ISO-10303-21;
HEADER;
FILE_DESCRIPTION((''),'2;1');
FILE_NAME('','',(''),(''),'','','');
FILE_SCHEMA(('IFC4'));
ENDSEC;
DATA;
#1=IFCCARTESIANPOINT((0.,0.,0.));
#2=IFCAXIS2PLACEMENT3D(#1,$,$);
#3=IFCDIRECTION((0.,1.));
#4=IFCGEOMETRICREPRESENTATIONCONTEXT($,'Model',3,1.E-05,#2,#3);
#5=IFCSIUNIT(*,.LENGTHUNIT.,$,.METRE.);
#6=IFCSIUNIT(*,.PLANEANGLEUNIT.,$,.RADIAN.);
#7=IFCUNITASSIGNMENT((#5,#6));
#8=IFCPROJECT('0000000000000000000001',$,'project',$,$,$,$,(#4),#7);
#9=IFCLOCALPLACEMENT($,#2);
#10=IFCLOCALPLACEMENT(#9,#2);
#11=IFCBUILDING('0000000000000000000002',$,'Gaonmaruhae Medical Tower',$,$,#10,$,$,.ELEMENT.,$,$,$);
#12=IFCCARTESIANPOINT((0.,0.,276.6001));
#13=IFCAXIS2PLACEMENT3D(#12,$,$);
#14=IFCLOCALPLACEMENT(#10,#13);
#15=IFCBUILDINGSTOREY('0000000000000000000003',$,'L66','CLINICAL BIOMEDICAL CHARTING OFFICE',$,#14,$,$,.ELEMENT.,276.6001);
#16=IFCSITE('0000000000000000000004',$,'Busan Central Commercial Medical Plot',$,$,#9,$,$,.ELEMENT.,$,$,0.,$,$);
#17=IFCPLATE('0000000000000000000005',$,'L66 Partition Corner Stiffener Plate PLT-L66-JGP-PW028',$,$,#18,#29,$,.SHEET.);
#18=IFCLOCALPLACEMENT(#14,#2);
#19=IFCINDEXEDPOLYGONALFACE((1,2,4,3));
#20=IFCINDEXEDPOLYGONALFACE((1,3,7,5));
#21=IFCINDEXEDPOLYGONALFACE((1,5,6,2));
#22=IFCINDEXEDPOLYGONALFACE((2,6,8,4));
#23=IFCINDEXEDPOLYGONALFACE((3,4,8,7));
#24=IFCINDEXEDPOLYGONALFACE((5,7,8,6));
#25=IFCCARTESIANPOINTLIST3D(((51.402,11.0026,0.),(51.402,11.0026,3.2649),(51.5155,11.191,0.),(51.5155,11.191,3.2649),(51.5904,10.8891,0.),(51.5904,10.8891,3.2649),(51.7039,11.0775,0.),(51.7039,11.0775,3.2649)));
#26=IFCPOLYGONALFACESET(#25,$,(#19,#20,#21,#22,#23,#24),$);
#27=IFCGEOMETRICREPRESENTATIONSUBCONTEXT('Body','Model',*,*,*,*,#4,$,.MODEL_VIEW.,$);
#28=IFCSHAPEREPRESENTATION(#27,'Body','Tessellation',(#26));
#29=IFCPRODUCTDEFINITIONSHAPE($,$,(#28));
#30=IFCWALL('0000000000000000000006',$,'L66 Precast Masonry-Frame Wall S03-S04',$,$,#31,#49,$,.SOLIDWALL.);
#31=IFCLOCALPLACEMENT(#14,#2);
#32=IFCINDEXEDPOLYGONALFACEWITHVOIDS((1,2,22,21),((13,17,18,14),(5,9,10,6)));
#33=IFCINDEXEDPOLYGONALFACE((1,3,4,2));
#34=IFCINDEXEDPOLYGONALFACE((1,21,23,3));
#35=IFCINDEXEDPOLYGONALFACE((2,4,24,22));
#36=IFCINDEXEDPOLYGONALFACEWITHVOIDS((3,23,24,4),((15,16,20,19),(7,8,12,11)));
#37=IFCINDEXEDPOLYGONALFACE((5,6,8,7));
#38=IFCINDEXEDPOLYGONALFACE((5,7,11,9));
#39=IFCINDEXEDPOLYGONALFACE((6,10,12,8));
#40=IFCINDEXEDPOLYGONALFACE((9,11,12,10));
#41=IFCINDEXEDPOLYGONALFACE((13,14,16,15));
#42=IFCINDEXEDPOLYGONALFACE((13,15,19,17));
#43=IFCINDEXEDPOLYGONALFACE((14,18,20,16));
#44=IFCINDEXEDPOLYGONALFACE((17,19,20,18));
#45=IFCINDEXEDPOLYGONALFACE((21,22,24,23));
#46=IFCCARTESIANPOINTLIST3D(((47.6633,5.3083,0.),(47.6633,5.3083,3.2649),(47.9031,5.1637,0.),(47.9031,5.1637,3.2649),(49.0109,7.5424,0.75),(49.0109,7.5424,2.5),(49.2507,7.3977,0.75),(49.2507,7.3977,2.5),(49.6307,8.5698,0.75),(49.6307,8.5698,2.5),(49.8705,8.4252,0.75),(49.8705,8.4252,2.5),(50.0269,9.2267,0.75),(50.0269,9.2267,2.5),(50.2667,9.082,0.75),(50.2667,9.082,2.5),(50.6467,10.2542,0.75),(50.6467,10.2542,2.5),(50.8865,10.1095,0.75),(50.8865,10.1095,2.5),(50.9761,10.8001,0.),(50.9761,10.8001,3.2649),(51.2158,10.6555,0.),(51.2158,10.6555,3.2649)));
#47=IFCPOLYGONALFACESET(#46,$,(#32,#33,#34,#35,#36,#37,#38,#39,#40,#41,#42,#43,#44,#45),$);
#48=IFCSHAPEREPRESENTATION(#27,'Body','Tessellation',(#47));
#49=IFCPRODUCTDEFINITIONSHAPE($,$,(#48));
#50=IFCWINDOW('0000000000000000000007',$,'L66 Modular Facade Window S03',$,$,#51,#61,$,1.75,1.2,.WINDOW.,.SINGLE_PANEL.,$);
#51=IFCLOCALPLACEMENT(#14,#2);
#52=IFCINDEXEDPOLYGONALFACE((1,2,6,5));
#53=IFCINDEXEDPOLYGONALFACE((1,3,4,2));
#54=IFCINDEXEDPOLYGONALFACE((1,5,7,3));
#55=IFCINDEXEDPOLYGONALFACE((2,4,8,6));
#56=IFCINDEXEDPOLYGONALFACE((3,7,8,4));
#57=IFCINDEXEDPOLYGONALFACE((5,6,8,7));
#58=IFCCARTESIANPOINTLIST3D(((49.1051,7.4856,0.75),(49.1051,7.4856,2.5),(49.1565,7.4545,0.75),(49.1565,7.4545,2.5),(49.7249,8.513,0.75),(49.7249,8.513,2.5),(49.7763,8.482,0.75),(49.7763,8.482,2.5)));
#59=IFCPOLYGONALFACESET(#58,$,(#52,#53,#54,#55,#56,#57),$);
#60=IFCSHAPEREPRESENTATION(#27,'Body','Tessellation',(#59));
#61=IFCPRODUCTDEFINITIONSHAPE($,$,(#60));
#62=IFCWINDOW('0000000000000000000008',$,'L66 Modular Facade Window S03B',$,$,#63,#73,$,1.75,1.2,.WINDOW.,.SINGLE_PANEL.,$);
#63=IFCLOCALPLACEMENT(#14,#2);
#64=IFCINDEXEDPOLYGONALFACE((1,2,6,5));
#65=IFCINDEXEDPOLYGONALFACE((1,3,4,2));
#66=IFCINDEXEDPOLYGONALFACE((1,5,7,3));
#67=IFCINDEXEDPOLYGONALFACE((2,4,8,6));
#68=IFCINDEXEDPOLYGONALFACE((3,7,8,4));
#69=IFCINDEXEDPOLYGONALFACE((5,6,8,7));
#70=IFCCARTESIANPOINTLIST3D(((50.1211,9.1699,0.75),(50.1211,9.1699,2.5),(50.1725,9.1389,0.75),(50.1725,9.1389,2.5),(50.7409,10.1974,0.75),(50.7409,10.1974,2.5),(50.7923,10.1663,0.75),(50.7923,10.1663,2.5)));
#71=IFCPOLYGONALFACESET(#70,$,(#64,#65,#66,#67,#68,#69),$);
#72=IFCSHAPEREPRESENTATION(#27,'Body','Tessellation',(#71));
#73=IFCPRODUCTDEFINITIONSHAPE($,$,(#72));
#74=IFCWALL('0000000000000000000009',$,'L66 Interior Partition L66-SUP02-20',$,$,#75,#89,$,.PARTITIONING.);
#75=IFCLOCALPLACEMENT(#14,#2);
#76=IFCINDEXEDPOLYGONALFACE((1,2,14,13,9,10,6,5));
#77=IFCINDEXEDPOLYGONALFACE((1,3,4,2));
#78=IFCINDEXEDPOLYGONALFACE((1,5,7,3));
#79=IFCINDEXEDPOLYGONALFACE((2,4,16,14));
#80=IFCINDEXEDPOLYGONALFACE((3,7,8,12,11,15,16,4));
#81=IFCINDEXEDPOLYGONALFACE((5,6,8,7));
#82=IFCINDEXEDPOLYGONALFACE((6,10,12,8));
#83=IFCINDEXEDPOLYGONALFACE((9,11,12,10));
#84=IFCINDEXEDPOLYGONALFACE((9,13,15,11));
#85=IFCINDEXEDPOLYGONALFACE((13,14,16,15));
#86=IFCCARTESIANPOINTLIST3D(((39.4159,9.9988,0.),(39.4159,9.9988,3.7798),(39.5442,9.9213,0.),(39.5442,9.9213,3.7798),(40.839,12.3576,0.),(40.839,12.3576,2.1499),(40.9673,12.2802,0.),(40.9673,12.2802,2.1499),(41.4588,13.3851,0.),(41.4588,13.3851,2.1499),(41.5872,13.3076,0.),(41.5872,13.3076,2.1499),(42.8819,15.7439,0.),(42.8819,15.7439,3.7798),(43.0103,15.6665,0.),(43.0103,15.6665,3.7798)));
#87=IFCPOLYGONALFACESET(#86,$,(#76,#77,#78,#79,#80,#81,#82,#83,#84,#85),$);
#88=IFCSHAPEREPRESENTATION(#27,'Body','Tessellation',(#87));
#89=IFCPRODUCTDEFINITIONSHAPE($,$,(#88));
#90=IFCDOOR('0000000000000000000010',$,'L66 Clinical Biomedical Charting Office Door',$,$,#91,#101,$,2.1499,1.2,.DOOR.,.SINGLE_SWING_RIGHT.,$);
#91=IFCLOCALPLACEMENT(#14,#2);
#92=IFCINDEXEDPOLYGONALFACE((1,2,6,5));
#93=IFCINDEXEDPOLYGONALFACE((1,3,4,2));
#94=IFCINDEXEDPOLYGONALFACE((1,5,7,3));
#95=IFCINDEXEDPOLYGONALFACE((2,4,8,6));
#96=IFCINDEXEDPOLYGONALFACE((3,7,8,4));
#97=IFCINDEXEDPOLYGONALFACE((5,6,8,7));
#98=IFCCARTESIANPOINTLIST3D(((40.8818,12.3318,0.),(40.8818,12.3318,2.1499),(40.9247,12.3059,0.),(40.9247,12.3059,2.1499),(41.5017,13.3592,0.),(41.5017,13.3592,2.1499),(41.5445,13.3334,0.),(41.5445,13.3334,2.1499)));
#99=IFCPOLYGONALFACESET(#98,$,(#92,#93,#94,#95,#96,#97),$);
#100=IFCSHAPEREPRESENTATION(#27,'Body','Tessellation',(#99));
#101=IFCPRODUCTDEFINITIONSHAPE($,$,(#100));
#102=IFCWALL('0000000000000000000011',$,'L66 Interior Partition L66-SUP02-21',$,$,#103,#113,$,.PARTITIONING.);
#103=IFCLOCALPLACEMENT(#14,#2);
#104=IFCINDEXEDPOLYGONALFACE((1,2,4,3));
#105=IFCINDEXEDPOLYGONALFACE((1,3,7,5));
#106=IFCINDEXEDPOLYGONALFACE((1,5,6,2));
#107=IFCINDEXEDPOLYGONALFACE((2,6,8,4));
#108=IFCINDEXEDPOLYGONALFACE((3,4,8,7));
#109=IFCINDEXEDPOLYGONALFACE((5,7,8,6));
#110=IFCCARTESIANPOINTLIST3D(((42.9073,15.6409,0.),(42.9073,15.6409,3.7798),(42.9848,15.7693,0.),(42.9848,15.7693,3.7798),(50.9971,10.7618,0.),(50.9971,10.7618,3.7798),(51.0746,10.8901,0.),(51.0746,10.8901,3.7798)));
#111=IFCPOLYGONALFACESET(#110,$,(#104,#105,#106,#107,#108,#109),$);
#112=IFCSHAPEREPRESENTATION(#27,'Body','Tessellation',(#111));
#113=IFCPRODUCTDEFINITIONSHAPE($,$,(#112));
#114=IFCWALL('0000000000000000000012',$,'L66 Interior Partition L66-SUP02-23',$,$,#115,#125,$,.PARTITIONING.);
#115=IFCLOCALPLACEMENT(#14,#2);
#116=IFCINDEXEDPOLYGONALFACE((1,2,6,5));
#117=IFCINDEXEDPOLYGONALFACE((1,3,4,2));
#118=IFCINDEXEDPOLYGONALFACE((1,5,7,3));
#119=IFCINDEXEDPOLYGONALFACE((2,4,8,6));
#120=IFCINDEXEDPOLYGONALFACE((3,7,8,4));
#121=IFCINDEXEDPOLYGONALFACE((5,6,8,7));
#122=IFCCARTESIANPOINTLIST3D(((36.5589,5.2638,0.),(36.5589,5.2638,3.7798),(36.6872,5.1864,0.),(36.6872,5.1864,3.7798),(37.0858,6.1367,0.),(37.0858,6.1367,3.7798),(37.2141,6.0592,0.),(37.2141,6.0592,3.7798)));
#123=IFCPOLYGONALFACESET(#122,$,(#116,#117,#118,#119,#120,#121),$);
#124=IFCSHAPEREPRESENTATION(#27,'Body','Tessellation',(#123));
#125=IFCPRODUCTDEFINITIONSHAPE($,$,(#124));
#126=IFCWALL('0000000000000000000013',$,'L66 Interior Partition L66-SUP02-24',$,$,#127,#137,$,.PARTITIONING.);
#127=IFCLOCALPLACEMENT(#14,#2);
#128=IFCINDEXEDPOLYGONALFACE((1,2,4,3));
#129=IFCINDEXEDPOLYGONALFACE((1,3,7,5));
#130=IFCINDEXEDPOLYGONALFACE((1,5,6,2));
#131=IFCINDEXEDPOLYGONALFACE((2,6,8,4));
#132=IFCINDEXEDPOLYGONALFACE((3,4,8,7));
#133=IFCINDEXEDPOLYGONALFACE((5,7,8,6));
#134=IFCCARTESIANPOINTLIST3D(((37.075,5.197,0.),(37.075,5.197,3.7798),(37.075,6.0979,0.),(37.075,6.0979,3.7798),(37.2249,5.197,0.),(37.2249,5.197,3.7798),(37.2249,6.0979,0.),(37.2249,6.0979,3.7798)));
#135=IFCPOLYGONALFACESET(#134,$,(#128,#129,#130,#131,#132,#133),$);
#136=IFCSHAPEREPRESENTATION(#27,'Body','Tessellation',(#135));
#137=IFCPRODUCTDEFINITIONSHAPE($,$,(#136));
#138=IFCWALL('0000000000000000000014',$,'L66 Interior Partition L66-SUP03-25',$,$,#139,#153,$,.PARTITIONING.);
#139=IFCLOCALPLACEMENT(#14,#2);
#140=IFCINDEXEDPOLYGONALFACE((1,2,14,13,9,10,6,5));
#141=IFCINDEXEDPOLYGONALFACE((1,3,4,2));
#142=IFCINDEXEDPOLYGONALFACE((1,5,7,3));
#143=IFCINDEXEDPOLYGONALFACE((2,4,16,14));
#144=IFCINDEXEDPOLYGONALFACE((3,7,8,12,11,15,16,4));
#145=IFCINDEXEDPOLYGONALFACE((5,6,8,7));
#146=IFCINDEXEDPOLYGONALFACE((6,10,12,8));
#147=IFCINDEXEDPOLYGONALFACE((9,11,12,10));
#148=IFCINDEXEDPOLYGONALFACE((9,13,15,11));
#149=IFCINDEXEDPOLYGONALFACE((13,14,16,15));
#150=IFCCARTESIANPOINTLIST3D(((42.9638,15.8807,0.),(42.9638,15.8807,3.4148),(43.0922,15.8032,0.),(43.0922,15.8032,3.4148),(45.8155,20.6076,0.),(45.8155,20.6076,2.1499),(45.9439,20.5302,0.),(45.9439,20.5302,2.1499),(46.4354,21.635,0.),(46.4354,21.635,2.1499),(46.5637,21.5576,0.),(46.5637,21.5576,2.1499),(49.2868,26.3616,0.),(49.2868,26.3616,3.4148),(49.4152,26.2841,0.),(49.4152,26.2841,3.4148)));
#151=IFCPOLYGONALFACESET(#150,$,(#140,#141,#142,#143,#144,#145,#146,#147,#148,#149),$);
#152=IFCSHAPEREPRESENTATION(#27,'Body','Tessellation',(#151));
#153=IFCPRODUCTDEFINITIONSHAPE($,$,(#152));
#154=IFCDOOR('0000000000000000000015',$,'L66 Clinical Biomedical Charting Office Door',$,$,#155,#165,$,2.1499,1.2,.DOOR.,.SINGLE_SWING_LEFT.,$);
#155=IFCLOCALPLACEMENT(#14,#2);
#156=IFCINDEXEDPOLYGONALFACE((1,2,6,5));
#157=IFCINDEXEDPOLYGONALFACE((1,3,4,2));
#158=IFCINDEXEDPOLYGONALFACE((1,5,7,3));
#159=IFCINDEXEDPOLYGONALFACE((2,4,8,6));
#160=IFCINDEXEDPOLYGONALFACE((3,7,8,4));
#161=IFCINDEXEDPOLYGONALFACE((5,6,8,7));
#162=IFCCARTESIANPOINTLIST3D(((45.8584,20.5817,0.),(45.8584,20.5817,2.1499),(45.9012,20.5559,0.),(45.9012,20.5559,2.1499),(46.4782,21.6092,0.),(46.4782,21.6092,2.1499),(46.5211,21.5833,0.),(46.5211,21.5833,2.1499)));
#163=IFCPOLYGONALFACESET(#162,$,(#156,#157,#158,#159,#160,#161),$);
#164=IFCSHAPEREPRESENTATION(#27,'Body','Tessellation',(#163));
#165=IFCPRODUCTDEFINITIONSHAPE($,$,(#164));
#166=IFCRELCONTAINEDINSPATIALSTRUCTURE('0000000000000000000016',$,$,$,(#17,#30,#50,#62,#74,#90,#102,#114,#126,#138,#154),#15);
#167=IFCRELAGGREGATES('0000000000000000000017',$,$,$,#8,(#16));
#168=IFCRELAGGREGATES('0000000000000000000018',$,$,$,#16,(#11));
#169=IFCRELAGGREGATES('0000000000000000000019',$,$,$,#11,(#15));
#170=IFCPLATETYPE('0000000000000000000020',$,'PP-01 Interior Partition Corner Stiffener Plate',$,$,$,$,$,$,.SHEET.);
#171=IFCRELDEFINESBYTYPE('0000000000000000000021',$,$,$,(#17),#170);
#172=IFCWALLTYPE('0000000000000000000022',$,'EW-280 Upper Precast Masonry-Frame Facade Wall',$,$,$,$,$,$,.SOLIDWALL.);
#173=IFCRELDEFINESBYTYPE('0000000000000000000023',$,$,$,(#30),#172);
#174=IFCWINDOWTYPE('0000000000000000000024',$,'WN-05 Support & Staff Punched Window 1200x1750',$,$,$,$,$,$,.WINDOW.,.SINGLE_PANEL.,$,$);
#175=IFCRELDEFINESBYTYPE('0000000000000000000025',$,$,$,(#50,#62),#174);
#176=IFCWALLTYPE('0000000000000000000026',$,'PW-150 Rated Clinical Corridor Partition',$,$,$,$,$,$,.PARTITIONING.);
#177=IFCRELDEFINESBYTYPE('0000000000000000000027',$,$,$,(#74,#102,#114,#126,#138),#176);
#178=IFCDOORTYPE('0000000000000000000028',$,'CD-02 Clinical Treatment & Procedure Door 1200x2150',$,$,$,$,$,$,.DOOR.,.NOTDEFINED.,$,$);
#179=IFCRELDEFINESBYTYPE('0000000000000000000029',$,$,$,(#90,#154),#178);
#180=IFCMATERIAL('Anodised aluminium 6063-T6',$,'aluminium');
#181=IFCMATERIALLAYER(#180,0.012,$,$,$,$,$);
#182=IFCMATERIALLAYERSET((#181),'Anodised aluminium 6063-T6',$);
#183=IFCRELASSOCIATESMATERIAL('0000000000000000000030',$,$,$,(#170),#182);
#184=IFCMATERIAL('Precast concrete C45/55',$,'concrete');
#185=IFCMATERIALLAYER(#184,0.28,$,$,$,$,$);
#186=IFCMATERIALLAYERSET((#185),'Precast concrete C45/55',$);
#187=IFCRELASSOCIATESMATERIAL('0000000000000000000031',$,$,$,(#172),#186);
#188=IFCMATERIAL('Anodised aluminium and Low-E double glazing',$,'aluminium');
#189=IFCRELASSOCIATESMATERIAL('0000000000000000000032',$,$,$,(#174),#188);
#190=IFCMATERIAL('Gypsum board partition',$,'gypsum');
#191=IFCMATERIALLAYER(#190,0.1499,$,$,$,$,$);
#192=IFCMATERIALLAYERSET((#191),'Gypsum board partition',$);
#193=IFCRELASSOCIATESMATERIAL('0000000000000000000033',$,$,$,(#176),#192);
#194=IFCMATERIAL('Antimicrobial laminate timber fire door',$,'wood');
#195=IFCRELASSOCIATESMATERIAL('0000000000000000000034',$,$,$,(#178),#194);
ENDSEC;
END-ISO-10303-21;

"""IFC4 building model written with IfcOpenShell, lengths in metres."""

from ifc_helpers import new_model, si_unit, direction, frame, frame_2d, origin, origin_2d, place, context, subcontext, project, spatial, rectangle, extrude, material, layer, layer_set, type_object, element, fill, save


model = new_model("IFC4")

# Units and contexts
model_context = context("Model", 3, precision=1e-05, world=origin(), true_north=direction((0.0, 1.0)))
body_context = subcontext(model_context, "Body", "Model", "MODEL_VIEW")
ifc_project = project(units=[si_unit("LENGTHUNIT", "METRE"), si_unit("PLANEANGLEUNIT", "RADIAN")], contexts=[model_context])

# Site, building, storey
site_placement = place(None, origin())
site = spatial("IfcSite", under=ifc_project, at=site_placement, Name="Busan Central Commercial Medical Plot", CompositionType="ELEMENT", RefElevation=0.0)
building_placement = place(site_placement, origin())
building = spatial("IfcBuilding", under=site, at=building_placement, Name="Gaonmaruhae Medical Tower", CompositionType="ELEMENT")
storey_placement = place(building_placement, frame((0.0, 0.0, 276.6001)))
storey = spatial("IfcBuildingStorey", under=building, at=storey_placement, Name="L66", Description="CLINICAL BIOMEDICAL CHARTING OFFICE", CompositionType="ELEMENT", Elevation=276.6001)

# Plate
ifc_material_1 = material(Name="Anodised aluminium 6063-T6", Category="aluminium")
ifc_layer_1 = layer(ifc_material_1, 0.012)
ifc_layer_set_1 = layer_set([ifc_layer_1], Name="Anodised aluminium 6063-T6")
plate_type = type_object("IfcPlateType", Name="PP-01 Interior Partition Corner Stiffener Plate", PredefinedType="SHEET", material=ifc_layer_set_1)
plate_placement = place(storey_placement, frame((51.553, 11.04, 0.0), z_axis=(0.0, 0.0, 1.0), x_axis=(-0.51601, -0.856582, 0.0)))
element("IfcPlate", 1, at=plate_placement, inside=storey, type_object=plate_type, Name="L66 Partition Corner Stiffener Plate PLT-L66-JGP-PW028", PredefinedType="SHEET", context=body_context, shape_type="SweptSolid", body=[
    extrude(rectangle(XDim=0.22, YDim=0.22, at=origin_2d()), origin(), (0.0, 0.0, 1.0), 3.2649),
])

# Wall, openings, windows
ifc_material_2 = material(Name="Precast concrete C45/55", Category="concrete")
ifc_layer_2 = layer(ifc_material_2, 0.28)
ifc_layer_set_2 = layer_set([ifc_layer_2], Name="Precast concrete C45/55")
wall_type_1 = type_object("IfcWallType", Name="EW-280 Upper Precast Masonry-Frame Facade Wall", PredefinedType="SOLIDWALL", material=ifc_layer_set_2)
wall_1_placement = place(storey_placement, frame((51.0959, 10.7278, 0.0), z_axis=(0.0, 0.0, 1.0), x_axis=(-0.516526, -0.856271, 0.0)))
wall_1 = element("IfcWall", 2, at=wall_1_placement, inside=storey, type_object=wall_type_1, Name="L66 Precast Masonry-Frame Wall S03-S04", PredefinedType="SOLIDWALL", context=body_context, shape_type="SweptSolid", body=[
    extrude(rectangle(XDim=6.4136, YDim=0.28, at=frame_2d((3.2068, 0.0))), origin(), (0.0, 0.0, 1.0), 3.2649),
])
opening_1_placement = place(wall_1_placement, frame((2.6045, 0.0, 0.75)))
opening_1 = element("IfcOpeningElement", 3, at=opening_1_placement, cuts=wall_1, PredefinedType="OPENING", context=body_context, shape_type="SweptSolid", body=[
    extrude(rectangle(XDim=1.2, YDim=1.75, at=frame_2d((0.6001, 0.875))), frame((0.0, 0.1499, 0.0), z_axis=(0.0, -1.0, 0.0), x_axis=(1.0, 0.0, 0.0)), (0.0, 0.0, 1.0), 0.3),
])
opening_2_placement = place(wall_1_placement, frame((0.6375, 0.0, 0.75)))
opening_2 = element("IfcOpeningElement", 4, at=opening_2_placement, cuts=wall_1, PredefinedType="OPENING", context=body_context, shape_type="SweptSolid", body=[
    extrude(rectangle(XDim=1.2, YDim=1.75, at=frame_2d((0.6001, 0.875))), frame((0.0, 0.1499, 0.0), z_axis=(0.0, -1.0, 0.0), x_axis=(1.0, 0.0, 0.0)), (0.0, 0.0, 1.0), 0.3),
])
ifc_material_3 = material(Name="Anodised aluminium and Low-E double glazing", Category="aluminium")
window_type = type_object("IfcWindowType", Name="WN-05 Support & Staff Punched Window 1200x1750", PartitioningType="SINGLE_PANEL", PredefinedType="WINDOW", material=ifc_material_3)
window_1_placement = place(opening_1_placement, origin())
window_1 = element("IfcWindow", 5, at=window_1_placement, inside=storey, type_object=window_type, Name="L66 Modular Facade Window S03", OverallHeight=1.75, OverallWidth=1.2, PartitioningType="SINGLE_PANEL", PredefinedType="WINDOW", context=body_context, shape_type="SweptSolid", body=[
    extrude(rectangle(XDim=1.2, YDim=1.75, at=frame_2d((0.6001, 0.875))), frame((0.0, 0.03, 0.0), z_axis=(0.0, -1.0, 0.0), x_axis=(1.0, 0.0, 0.0)), (0.0, 0.0, 1.0), 0.0601),
])
fill(opening_1, window_1)
window_2_placement = place(opening_2_placement, origin())
window_2 = element("IfcWindow", 6, at=window_2_placement, inside=storey, type_object=window_type, Name="L66 Modular Facade Window S03B", OverallHeight=1.75, OverallWidth=1.2, PartitioningType="SINGLE_PANEL", PredefinedType="WINDOW", context=body_context, shape_type="SweptSolid", body=[
    extrude(rectangle(XDim=1.2, YDim=1.75, at=frame_2d((0.6001, 0.875))), frame((0.0, 0.03, 0.0), z_axis=(0.0, -1.0, 0.0), x_axis=(1.0, 0.0, 0.0)), (0.0, 0.0, 1.0), 0.0601),
])
fill(opening_2, window_2)

# Wall, opening, door
ifc_material_4 = material(Name="Gypsum board partition", Category="gypsum")
ifc_layer_3 = layer(ifc_material_4, 0.1499)
ifc_layer_set_3 = layer_set([ifc_layer_3], Name="Gypsum board partition")
wall_type_2 = type_object("IfcWallType", Name="PW-150 Rated Clinical Corridor Partition", PredefinedType="PARTITIONING", material=ifc_layer_set_3)
wall_2_placement = place(storey_placement, frame((39.48, 9.96, 0.0), z_axis=(0.0, 0.0, 1.0), x_axis=(0.516576, 0.856241, 0.0)))
wall_2 = element("IfcWall", 7, at=wall_2_placement, inside=storey, type_object=wall_type_2, Name="L66 Interior Partition L66-SUP02-20", PredefinedType="PARTITIONING", context=body_context, shape_type="SweptSolid", body=[
    extrude(rectangle(XDim=6.7097, YDim=0.1499, at=frame_2d((3.355, 0.0))), origin(), (0.0, 0.0, 1.0), 3.7798),
])
opening_3_placement = place(wall_2_placement, frame((2.7549, 0.0, 0.0)))
opening_3 = element("IfcOpeningElement", 8, at=opening_3_placement, cuts=wall_2, PredefinedType="OPENING", context=body_context, shape_type="SweptSolid", body=[
    extrude(rectangle(XDim=1.2, YDim=2.1499, at=frame_2d((0.6001, 1.075))), frame((0.0, 0.085, 0.0), z_axis=(0.0, -1.0, 0.0), x_axis=(1.0, 0.0, 0.0)), (0.0, 0.0, 1.0), 0.1699),
])
ifc_material_5 = material(Name="Antimicrobial laminate timber fire door", Category="wood")
door_type = type_object("IfcDoorType", Name="CD-02 Clinical Treatment & Procedure Door 1200x2150", OperationType="NOTDEFINED", PredefinedType="DOOR", material=ifc_material_5)
door_1_placement = place(opening_3_placement, origin())
door_1 = element("IfcDoor", 9, at=door_1_placement, inside=storey, type_object=door_type, Name="L66 Clinical Biomedical Charting Office Door", OperationType="SINGLE_SWING_RIGHT", OverallHeight=2.1499, OverallWidth=1.2, PredefinedType="DOOR", context=body_context, shape_type="SweptSolid", body=[
    extrude(rectangle(XDim=1.2, YDim=2.1499, at=frame_2d((0.6001, 1.075))), frame((0.0, 0.0249, 0.0), z_axis=(0.0, -1.0, 0.0), x_axis=(1.0, 0.0, 0.0)), (0.0, 0.0, 1.0), 0.05),
])
fill(opening_3, door_1)

# Walls
wall_3_placement = place(storey_placement, frame((42.946, 15.7051, 0.0), z_axis=(0.0, 0.0, 1.0), x_axis=(0.856312, -0.516459, 0.0)))
element("IfcWall", 10, at=wall_3_placement, inside=storey, type_object=wall_type_2, Name="L66 Interior Partition L66-SUP02-21", PredefinedType="PARTITIONING", context=body_context, shape_type="SweptSolid", body=[
    extrude(rectangle(XDim=9.4473, YDim=0.1499, at=frame_2d((4.7236, 0.0))), origin(), (0.0, 0.0, 1.0), 3.7798),
])
wall_4_placement = place(storey_placement, frame((36.623, 5.2251, 0.0), z_axis=(0.0, 0.0, 1.0), x_axis=(0.516783, 0.856116, 0.0)))
element("IfcWall", 11, at=wall_4_placement, inside=storey, type_object=wall_type_2, Name="L66 Interior Partition L66-SUP02-23", PredefinedType="PARTITIONING", context=body_context, shape_type="SweptSolid", body=[
    extrude(rectangle(XDim=1.0195, YDim=0.1499, at=frame_2d((0.5098, 0.0))), origin(), (0.0, 0.0, 1.0), 3.7798),
])
wall_5_placement = place(storey_placement, frame((37.1499, 6.0979, 0.0), z_axis=(0.0, 0.0, 1.0), x_axis=(0.0, -1.0, 0.0)))
element("IfcWall", 12, at=wall_5_placement, inside=storey, type_object=wall_type_2, Name="L66 Interior Partition L66-SUP02-24", PredefinedType="PARTITIONING", context=body_context, shape_type="SweptSolid", body=[
    extrude(rectangle(XDim=0.9009, YDim=0.1499, at=frame_2d((0.4504, 0.0))), origin(), (0.0, 0.0, 1.0), 3.7798),
])

# Wall, opening, door
wall_6_placement = place(storey_placement, frame((43.0281, 15.842, 0.0), z_axis=(0.0, 0.0, 1.0), x_axis=(0.516562, 0.85625, 0.0)))
wall_6 = element("IfcWall", 13, at=wall_6_placement, inside=storey, type_object=wall_type_2, Name="L66 Interior Partition L66-SUP03-25", PredefinedType="PARTITIONING", context=body_context, shape_type="SweptSolid", body=[
    extrude(rectangle(XDim=12.2405, YDim=0.1499, at=frame_2d((6.1201, 0.0))), origin(), (0.0, 0.0, 1.0), 3.4148),
])
opening_4_placement = place(wall_6_placement, frame((5.5203, 0.0, 0.0)))
opening_4 = element("IfcOpeningElement", 14, at=opening_4_placement, cuts=wall_6, PredefinedType="OPENING", context=body_context, shape_type="SweptSolid", body=[
    extrude(rectangle(XDim=1.2, YDim=2.1499, at=frame_2d((0.6001, 1.075))), frame((0.0, 0.085, 0.0), z_axis=(0.0, -1.0, 0.0), x_axis=(1.0, 0.0, 0.0)), (0.0, 0.0, 1.0), 0.1699),
])
door_2_placement = place(opening_4_placement, origin())
door_2 = element("IfcDoor", 15, at=door_2_placement, inside=storey, type_object=door_type, Name="L66 Clinical Biomedical Charting Office Door", OperationType="SINGLE_SWING_LEFT", OverallHeight=2.1499, OverallWidth=1.2, PredefinedType="DOOR", context=body_context, shape_type="SweptSolid", body=[
    extrude(rectangle(XDim=1.2, YDim=2.1499, at=frame_2d((0.6001, 1.075))), frame((0.0, 0.0249, 0.0), z_axis=(0.0, -1.0, 0.0), x_axis=(1.0, 0.0, 0.0)), (0.0, 0.0, 1.0), 0.05),
])
fill(opening_4, door_2)

save(model, "model.ifc")
